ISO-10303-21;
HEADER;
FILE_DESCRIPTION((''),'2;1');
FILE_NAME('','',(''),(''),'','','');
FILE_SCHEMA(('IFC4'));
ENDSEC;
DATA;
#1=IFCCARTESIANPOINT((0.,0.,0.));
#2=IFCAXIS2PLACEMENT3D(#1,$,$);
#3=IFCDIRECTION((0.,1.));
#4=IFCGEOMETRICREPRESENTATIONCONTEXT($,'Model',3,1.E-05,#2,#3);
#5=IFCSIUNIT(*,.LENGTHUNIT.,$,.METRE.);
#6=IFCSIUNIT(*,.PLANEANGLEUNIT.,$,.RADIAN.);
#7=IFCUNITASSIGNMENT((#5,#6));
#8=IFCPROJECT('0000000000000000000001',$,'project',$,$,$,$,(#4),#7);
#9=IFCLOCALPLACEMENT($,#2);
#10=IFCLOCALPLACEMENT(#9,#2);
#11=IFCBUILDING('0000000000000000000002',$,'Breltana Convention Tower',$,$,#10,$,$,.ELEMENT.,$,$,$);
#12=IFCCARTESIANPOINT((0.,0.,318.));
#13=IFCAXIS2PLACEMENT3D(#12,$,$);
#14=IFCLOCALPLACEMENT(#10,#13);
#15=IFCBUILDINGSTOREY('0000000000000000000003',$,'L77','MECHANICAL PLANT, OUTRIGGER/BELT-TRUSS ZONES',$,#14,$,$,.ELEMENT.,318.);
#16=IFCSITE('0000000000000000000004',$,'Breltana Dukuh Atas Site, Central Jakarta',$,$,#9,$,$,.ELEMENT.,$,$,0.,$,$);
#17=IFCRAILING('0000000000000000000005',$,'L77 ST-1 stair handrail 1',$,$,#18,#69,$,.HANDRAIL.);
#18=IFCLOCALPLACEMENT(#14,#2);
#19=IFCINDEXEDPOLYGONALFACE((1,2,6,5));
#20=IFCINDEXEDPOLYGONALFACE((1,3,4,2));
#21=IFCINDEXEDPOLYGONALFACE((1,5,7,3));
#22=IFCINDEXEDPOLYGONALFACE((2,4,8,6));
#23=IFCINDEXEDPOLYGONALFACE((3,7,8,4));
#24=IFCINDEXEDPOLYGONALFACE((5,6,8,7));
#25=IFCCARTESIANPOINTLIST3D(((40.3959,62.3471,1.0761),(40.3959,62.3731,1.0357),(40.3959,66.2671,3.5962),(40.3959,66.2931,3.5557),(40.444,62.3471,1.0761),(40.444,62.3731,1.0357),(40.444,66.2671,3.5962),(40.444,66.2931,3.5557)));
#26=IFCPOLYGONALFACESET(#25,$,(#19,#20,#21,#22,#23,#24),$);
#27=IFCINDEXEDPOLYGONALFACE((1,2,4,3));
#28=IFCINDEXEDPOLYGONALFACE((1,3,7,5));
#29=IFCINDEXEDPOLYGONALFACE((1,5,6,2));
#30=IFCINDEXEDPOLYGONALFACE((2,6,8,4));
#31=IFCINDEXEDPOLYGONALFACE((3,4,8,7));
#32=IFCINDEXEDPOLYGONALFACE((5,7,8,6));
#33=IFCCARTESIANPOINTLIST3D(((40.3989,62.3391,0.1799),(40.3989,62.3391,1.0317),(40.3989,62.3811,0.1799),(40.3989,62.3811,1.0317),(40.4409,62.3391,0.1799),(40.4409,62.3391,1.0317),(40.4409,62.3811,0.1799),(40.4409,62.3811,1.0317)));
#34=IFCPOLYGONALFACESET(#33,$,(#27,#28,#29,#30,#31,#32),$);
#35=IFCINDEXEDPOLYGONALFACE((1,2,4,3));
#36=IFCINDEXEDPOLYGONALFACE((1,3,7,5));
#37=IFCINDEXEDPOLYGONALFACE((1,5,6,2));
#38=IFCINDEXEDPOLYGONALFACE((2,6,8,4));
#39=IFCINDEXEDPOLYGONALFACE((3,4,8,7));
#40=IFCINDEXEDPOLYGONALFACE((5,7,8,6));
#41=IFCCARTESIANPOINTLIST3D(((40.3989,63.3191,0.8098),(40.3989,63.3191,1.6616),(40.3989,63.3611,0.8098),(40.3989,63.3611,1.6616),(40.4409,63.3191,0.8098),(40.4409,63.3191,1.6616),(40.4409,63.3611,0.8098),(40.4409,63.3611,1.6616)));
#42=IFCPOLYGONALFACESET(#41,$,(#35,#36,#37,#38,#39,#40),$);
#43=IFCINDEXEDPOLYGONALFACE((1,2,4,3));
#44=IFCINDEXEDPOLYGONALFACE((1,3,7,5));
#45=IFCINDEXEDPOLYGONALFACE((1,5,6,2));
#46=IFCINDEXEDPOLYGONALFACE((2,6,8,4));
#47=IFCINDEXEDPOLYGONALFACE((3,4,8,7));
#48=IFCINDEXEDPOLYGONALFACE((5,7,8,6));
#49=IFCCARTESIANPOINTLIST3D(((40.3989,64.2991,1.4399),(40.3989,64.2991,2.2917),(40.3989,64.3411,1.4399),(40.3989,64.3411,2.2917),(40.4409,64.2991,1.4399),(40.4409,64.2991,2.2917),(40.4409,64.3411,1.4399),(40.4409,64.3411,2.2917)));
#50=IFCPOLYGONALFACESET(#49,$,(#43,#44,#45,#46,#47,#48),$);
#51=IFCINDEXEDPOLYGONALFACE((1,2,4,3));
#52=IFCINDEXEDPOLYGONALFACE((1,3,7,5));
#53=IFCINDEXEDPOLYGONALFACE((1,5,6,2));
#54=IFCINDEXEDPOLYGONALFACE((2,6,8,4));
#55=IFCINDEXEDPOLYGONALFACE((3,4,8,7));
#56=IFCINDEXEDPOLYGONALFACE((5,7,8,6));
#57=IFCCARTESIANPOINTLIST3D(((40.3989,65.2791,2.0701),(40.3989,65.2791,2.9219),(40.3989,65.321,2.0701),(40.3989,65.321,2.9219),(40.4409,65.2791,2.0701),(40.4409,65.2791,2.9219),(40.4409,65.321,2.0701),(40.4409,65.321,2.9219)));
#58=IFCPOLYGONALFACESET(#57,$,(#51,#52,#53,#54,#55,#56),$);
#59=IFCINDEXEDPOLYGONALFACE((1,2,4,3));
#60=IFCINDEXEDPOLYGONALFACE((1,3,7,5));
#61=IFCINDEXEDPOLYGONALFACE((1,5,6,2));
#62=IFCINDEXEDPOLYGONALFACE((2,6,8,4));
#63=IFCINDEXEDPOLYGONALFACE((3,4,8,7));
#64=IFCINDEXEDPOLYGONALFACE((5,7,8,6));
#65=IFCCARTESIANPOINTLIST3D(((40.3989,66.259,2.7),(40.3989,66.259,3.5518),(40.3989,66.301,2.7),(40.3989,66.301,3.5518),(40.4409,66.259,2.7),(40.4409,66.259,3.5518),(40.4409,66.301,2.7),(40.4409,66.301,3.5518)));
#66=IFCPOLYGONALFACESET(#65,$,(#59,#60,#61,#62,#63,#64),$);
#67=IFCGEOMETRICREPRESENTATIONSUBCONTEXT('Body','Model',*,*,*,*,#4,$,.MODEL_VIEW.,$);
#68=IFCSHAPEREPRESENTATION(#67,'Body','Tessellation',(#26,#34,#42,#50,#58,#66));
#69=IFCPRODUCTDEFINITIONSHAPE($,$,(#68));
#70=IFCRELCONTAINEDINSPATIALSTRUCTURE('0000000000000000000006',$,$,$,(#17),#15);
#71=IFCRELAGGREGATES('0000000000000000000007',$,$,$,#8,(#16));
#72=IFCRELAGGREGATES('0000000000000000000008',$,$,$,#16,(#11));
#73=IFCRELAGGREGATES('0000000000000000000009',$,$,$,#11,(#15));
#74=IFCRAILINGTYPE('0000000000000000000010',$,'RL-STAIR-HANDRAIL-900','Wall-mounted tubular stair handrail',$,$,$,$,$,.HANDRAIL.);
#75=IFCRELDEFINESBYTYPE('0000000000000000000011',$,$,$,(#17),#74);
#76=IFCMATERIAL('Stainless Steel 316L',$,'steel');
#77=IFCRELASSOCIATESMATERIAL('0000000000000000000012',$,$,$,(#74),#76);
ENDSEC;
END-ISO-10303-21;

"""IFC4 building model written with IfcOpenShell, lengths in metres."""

from ifc_helpers import new_model, si_unit, direction, frame, origin, origin_2d, place, context, subcontext, project, spatial, rectangle, extrude, material, type_object, element, save


model = new_model("IFC4")

# Units and contexts
model_context = context("Model", 3, precision=1e-05, world=origin(), true_north=direction((0.0, 1.0)))
body_context = subcontext(model_context, "Body", "Model", "MODEL_VIEW")
ifc_project = project(units=[si_unit("LENGTHUNIT", "METRE"), si_unit("PLANEANGLEUNIT", "RADIAN")], contexts=[model_context])

# Site, building, storey
site_placement = place(None, origin())
site = spatial("IfcSite", under=ifc_project, at=site_placement, Name="Breltana Dukuh Atas Site, Central Jakarta", CompositionType="ELEMENT", RefElevation=0.0)
building_placement = place(site_placement, origin())
building = spatial("IfcBuilding", under=site, at=building_placement, Name="Breltana Convention Tower", CompositionType="ELEMENT")
storey_placement = place(building_placement, frame((0.0, 0.0, 318.0)))
storey = spatial("IfcBuildingStorey", under=building, at=storey_placement, Name="L77", Description="MECHANICAL PLANT, OUTRIGGER/BELT-TRUSS ZONES", CompositionType="ELEMENT", Elevation=318.0)

# Railing
ifc_material_1 = material(Name="Stainless Steel 316L", Category="steel")
railing_type_1 = type_object("IfcRailingType", Name="RL-STAIR-HANDRAIL-900", Description="Wall-mounted tubular stair handrail", PredefinedType="HANDRAIL", material=ifc_material_1)
railing_1_placement = place(storey_placement, frame((40.4199, 62.3601, 0.1799)))
element("IfcRailing", 1, at=railing_1_placement, inside=storey, type_object=railing_type_1, Name="L77 ST-1 stair handrail 1", PredefinedType="HANDRAIL", context=body_context, shape_type="SweptSolid", body=[
    extrude(rectangle(XDim=0.0481, YDim=0.0481, at=origin_2d()), frame((0.0, 0.0, 0.876), z_axis=(0.0, 0.841172, 0.540768), x_axis=(-1.0, 0.0, 0.0)), (0.0, 0.0, 1.0), 4.6602),
    extrude(rectangle(XDim=0.042, YDim=0.042, at=origin_2d()), origin(), (0.0, 0.0, 1.0), 0.8518),
    extrude(rectangle(XDim=0.042, YDim=0.042, at=origin_2d()), frame((0.0, 0.98, 0.6299)), (0.0, 0.0, 1.0), 0.8518),
    extrude(rectangle(XDim=0.042, YDim=0.042, at=origin_2d()), frame((0.0, 1.96, 1.26)), (0.0, 0.0, 1.0), 0.8518),
    extrude(rectangle(XDim=0.042, YDim=0.042, at=origin_2d()), frame((0.0, 2.9399, 1.8901)), (0.0, 0.0, 1.0), 0.8518),
    extrude(rectangle(XDim=0.042, YDim=0.042, at=origin_2d()), frame((0.0, 3.9199, 2.52)), (0.0, 0.0, 1.0), 0.8518),
])

save(model, "model.ifc")
